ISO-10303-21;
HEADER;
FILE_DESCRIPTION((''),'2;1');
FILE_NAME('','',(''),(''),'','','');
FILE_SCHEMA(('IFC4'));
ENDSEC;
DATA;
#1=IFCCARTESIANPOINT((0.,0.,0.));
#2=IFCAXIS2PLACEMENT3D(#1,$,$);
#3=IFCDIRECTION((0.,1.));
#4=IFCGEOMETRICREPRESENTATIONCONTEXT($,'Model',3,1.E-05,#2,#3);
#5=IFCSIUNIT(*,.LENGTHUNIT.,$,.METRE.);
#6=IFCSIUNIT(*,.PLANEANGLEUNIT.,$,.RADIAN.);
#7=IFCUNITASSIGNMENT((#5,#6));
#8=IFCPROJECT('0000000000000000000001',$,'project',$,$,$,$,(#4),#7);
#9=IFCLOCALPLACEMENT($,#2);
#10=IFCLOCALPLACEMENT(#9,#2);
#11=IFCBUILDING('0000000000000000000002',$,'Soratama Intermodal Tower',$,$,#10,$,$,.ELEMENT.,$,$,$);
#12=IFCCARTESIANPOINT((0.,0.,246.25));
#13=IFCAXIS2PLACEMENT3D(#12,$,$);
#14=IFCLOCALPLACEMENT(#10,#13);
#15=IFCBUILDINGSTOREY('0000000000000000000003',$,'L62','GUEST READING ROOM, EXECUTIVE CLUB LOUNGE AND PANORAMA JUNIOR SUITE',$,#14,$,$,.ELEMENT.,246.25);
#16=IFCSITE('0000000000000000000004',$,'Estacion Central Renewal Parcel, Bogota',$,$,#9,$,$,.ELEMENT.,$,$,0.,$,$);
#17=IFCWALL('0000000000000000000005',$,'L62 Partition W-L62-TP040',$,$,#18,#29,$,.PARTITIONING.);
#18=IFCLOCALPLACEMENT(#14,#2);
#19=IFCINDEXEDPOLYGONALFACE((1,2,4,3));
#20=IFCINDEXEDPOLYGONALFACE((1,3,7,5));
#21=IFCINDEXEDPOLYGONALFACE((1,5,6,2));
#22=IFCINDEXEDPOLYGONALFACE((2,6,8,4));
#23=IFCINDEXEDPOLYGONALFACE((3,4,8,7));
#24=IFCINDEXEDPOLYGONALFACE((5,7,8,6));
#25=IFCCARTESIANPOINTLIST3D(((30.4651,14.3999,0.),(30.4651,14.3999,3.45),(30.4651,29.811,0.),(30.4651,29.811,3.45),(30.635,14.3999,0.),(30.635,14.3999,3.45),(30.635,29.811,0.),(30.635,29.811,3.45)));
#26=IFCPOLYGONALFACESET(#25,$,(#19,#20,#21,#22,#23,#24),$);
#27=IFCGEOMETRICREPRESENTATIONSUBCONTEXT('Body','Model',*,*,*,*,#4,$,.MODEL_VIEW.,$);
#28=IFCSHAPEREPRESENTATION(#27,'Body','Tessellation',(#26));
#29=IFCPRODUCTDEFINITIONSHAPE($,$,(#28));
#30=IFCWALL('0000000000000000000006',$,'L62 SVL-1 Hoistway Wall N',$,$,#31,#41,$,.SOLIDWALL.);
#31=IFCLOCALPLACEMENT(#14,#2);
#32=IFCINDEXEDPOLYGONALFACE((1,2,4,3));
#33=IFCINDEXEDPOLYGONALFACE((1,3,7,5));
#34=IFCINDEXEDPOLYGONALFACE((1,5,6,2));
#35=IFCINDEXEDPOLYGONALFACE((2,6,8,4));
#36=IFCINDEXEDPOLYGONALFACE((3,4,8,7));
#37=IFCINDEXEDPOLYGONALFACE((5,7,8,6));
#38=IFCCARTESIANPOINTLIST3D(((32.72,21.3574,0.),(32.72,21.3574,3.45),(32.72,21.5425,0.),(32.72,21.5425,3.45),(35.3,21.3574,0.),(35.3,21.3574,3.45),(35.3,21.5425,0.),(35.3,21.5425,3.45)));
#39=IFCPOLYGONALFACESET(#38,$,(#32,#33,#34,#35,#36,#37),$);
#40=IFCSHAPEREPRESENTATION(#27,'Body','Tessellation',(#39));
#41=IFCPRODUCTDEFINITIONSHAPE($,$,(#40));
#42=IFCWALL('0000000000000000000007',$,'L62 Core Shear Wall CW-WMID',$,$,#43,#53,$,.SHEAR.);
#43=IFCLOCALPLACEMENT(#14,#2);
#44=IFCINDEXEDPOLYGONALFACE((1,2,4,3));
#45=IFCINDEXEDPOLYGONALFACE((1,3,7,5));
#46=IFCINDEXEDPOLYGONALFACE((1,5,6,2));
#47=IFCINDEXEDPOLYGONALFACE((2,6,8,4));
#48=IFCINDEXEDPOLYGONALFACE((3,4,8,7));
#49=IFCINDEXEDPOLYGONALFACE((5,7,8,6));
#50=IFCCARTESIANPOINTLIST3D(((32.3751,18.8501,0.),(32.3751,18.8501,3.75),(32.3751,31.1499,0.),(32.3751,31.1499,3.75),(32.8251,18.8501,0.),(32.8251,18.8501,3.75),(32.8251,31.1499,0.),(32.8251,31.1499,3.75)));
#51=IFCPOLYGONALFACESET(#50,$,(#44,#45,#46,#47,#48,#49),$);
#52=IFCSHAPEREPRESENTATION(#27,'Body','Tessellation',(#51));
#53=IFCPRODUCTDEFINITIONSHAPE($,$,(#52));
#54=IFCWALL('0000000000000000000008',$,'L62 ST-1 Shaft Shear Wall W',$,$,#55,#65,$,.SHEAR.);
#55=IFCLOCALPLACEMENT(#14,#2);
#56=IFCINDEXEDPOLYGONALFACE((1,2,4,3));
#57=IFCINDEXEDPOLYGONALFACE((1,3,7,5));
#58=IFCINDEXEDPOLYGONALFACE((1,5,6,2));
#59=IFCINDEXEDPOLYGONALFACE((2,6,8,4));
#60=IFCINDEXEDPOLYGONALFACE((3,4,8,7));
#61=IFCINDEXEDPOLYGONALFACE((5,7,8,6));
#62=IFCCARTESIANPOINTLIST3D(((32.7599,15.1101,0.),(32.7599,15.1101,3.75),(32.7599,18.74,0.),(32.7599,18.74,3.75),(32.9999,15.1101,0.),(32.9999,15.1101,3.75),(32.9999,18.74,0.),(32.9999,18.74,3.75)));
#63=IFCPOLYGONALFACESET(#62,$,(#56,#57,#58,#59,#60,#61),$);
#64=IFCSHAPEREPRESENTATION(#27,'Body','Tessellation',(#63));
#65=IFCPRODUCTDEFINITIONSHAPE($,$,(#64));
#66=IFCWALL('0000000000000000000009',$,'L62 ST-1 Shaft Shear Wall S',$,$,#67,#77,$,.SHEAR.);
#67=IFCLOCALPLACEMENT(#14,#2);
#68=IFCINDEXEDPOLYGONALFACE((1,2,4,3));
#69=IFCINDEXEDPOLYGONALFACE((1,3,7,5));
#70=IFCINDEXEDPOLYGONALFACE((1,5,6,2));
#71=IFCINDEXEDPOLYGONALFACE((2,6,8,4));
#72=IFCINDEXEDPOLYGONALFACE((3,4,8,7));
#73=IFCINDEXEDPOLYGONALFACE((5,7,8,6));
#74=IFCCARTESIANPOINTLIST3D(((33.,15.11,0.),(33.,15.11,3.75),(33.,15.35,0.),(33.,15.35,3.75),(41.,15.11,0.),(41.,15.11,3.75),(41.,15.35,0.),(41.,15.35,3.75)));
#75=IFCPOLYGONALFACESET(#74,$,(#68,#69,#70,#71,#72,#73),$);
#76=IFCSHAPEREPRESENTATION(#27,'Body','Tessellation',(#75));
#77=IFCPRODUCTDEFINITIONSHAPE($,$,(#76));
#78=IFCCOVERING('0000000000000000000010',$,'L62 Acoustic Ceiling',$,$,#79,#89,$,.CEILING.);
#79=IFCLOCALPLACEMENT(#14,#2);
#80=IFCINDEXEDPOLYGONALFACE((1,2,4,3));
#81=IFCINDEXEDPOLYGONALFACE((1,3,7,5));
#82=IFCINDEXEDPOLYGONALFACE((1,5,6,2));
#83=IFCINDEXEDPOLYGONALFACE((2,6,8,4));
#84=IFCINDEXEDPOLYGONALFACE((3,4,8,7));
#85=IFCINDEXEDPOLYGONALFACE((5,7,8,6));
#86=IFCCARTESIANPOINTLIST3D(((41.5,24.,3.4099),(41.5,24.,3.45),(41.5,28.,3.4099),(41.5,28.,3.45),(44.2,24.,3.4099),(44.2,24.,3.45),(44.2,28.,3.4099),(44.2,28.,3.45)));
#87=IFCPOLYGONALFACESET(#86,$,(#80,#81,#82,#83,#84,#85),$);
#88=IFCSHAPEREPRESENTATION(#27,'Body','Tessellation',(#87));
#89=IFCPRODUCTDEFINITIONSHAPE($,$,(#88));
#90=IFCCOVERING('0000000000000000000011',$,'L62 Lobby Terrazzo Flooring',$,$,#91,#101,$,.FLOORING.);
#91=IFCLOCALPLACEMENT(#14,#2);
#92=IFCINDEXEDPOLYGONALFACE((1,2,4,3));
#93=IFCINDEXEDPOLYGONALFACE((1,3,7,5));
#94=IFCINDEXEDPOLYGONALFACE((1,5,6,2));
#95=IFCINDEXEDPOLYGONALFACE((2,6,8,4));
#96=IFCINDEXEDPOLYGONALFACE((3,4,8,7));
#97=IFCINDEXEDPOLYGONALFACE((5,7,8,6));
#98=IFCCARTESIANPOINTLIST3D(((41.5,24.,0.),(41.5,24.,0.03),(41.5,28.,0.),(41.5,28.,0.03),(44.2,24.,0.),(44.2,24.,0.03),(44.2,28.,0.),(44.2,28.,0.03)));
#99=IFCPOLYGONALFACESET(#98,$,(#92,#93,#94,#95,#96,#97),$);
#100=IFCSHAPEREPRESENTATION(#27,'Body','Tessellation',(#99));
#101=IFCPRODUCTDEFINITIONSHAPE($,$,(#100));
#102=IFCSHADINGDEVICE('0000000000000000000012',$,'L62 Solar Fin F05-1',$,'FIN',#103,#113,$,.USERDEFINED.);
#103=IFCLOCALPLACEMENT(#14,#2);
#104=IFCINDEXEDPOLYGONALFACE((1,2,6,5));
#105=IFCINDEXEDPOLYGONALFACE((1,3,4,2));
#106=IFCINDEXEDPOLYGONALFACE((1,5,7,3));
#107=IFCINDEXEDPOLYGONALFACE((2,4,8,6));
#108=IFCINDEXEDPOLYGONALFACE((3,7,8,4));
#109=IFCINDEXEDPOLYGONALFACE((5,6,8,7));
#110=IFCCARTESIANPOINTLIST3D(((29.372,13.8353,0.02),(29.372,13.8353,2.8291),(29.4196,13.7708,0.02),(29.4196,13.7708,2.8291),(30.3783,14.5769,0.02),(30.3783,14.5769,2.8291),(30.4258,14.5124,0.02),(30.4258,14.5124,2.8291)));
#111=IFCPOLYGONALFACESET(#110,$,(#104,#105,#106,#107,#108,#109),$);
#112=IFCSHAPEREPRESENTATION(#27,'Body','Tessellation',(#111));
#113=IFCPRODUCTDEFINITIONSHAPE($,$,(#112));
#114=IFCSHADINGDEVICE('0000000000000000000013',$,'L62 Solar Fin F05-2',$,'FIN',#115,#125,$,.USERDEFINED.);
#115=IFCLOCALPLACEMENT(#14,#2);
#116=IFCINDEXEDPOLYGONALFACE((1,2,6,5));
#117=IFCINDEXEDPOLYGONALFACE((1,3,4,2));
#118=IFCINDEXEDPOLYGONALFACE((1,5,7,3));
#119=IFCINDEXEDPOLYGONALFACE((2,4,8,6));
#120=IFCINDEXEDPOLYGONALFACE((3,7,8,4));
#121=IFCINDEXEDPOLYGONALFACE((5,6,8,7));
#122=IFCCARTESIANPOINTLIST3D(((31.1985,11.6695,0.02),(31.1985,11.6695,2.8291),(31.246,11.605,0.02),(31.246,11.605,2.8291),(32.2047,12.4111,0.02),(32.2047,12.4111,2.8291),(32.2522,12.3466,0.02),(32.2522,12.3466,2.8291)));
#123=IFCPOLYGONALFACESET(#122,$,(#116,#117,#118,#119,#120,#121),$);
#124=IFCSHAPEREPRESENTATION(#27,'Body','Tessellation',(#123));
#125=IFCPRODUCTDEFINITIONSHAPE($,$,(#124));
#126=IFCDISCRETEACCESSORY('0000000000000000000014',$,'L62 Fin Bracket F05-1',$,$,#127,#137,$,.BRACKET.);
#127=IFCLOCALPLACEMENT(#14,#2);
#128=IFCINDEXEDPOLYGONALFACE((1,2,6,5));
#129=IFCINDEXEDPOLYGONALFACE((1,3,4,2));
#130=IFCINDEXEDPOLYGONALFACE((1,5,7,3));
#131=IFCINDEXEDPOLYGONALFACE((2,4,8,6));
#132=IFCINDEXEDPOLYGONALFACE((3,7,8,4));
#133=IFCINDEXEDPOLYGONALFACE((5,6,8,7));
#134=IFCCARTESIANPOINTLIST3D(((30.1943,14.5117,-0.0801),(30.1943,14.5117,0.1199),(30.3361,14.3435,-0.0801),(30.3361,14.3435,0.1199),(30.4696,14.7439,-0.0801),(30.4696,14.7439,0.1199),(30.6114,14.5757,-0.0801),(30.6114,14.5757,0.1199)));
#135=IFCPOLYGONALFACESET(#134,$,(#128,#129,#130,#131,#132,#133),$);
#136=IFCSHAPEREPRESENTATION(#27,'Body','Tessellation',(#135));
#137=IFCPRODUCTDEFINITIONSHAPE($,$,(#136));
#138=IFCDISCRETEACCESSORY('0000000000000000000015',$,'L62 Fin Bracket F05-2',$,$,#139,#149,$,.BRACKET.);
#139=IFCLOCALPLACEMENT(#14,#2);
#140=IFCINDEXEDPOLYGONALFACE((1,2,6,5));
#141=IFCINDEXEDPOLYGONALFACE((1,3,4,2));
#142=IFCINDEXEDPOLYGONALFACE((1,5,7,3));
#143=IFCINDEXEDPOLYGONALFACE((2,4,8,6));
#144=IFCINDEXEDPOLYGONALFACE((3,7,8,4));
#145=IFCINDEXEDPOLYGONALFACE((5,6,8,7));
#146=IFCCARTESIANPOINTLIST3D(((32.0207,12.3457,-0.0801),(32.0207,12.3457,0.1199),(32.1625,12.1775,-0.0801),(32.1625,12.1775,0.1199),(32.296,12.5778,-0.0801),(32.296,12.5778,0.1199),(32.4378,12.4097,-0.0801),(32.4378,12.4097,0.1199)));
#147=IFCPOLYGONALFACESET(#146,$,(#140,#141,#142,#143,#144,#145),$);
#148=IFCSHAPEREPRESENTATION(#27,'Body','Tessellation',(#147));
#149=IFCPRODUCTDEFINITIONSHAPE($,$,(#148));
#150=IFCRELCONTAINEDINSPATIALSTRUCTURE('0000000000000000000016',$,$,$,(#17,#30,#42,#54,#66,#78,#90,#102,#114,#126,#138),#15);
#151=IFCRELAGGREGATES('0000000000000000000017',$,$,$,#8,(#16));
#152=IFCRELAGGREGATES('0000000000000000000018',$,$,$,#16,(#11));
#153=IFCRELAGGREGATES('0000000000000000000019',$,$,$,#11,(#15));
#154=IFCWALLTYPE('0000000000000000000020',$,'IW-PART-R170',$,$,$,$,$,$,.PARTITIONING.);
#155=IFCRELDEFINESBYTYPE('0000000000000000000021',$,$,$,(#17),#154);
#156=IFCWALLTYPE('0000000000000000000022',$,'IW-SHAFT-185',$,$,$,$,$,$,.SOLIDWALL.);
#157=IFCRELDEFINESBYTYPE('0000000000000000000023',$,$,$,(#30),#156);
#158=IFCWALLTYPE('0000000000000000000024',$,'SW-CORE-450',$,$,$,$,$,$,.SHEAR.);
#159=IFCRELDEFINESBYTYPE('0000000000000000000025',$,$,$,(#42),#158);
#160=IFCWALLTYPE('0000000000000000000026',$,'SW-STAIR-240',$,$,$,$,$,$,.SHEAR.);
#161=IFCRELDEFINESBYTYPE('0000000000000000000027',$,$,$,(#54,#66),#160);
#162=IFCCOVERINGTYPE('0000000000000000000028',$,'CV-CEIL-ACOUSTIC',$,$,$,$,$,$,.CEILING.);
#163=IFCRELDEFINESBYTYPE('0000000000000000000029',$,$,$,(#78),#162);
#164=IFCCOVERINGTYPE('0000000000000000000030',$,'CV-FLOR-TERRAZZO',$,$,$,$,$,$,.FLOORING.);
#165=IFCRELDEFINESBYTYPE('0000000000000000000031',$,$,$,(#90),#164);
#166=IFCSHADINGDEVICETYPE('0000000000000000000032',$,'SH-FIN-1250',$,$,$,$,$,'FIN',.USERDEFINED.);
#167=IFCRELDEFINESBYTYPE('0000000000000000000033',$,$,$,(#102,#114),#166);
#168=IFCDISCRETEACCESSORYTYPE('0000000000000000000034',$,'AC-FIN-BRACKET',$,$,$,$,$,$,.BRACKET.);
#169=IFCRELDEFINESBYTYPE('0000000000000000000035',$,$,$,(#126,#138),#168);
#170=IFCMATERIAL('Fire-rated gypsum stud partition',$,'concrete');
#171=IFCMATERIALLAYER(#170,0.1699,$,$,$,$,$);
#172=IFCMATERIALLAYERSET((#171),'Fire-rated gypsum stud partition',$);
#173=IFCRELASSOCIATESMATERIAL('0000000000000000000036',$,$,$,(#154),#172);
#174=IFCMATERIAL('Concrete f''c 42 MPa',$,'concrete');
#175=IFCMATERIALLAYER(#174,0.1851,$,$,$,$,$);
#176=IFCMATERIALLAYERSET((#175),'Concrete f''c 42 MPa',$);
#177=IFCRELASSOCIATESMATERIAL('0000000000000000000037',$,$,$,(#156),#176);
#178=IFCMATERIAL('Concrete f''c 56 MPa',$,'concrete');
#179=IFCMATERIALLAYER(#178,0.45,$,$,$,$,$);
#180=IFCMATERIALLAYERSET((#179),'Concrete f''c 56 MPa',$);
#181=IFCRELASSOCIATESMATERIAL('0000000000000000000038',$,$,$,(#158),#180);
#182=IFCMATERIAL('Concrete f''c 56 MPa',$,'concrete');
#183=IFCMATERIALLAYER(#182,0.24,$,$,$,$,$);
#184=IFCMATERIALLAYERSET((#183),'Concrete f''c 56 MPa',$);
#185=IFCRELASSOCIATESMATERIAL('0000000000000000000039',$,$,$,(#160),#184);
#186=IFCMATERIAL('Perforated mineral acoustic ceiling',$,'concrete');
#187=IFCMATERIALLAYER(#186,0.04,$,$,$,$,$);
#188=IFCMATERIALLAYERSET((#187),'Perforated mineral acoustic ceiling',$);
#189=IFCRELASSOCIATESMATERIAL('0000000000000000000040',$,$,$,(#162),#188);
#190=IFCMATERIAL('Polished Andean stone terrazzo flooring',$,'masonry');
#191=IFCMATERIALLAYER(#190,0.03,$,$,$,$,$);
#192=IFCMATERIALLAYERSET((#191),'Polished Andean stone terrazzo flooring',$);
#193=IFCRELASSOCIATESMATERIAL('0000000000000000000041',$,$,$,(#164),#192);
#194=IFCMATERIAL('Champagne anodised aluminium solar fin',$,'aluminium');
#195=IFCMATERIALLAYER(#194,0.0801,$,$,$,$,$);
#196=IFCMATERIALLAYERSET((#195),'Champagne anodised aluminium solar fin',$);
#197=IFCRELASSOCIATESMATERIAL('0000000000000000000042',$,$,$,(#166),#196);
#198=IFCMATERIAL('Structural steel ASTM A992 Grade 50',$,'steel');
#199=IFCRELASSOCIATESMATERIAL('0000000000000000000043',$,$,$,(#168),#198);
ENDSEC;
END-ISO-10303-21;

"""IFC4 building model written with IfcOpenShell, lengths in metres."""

from ifc_helpers import new_model, si_unit, direction, frame, frame_2d, origin, origin_2d, place, context, subcontext, project, spatial, polyline, rectangle, outline, extrude, material, layer, layer_set, type_object, element, save


model = new_model("IFC4")

# Units and contexts
model_context = context("Model", 3, precision=1e-05, world=origin(), true_north=direction((0.0, 1.0)))
body_context = subcontext(model_context, "Body", "Model", "MODEL_VIEW")
ifc_project = project(units=[si_unit("LENGTHUNIT", "METRE"), si_unit("PLANEANGLEUNIT", "RADIAN")], contexts=[model_context])

# Site, building, storey
site_placement = place(None, origin())
site = spatial("IfcSite", under=ifc_project, at=site_placement, Name="Estacion Central Renewal Parcel, Bogota", CompositionType="ELEMENT", RefElevation=0.0)
building_placement = place(site_placement, origin())
building = spatial("IfcBuilding", under=site, at=building_placement, Name="Soratama Intermodal Tower", CompositionType="ELEMENT")
storey_placement = place(building_placement, frame((0.0, 0.0, 246.25)))
storey = spatial("IfcBuildingStorey", under=building, at=storey_placement, Name="L62", Description="GUEST READING ROOM, EXECUTIVE CLUB LOUNGE AND PANORAMA JUNIOR SUITE", CompositionType="ELEMENT", Elevation=246.25)

# Shared definitions
ifc_material_1 = material(Name="Fire-rated gypsum stud partition", Category="concrete")
ifc_layer_1 = layer(ifc_material_1, 0.1699)
ifc_layer_set_1 = layer_set([ifc_layer_1], Name="Fire-rated gypsum stud partition")
wall_type_1 = type_object("IfcWallType", Name="IW-PART-R170", PredefinedType="PARTITIONING", material=ifc_layer_set_1)

# Walls
wall_1_placement = place(storey_placement, frame((30.55, 14.3999, 0.0), z_axis=(0.0, 0.0, 1.0), x_axis=(0.0, 1.0, 0.0)))
element("IfcWall", 1, at=wall_1_placement, inside=storey, type_object=wall_type_1, Name="L62 Partition W-L62-TP040", PredefinedType="PARTITIONING", context=body_context, shape_type="SweptSolid", body=[
    extrude(rectangle(XDim=15.4111, YDim=0.1699, at=frame_2d((7.7056, 0.0))), origin(), (0.0, 0.0, 1.0), 3.45),
])
ifc_material_2 = material(Name="Concrete f'c 42 MPa", Category="concrete")
ifc_layer_2 = layer(ifc_material_2, 0.1851)
ifc_layer_set_2 = layer_set([ifc_layer_2], Name="Concrete f'c 42 MPa")
wall_type_2 = type_object("IfcWallType", Name="IW-SHAFT-185", PredefinedType="SOLIDWALL", material=ifc_layer_set_2)
wall_2_placement = place(storey_placement, frame((32.72, 21.45, 0.0), z_axis=(0.0, 0.0, 1.0), x_axis=(1.0, 0.0, 0.0)))
element("IfcWall", 2, at=wall_2_placement, inside=storey, type_object=wall_type_2, Name="L62 SVL-1 Hoistway Wall N", PredefinedType="SOLIDWALL", context=body_context, shape_type="SweptSolid", body=[
    extrude(rectangle(XDim=2.5801, YDim=0.1851, at=frame_2d((1.29, 0.0))), origin(), (0.0, 0.0, 1.0), 3.45),
])
ifc_material_3 = material(Name="Concrete f'c 56 MPa", Category="concrete")
ifc_layer_3 = layer(ifc_material_3, 0.45)
ifc_layer_set_3 = layer_set([ifc_layer_3], Name="Concrete f'c 56 MPa")
wall_type_3 = type_object("IfcWallType", Name="SW-CORE-450", PredefinedType="SHEAR", material=ifc_layer_set_3)
wall_3_placement = place(storey_placement, frame((32.6001, 18.8501, 0.0), z_axis=(0.0, 0.0, 1.0), x_axis=(0.0, 1.0, 0.0)))
element("IfcWall", 3, at=wall_3_placement, inside=storey, type_object=wall_type_3, Name="L62 Core Shear Wall CW-WMID", PredefinedType="SHEAR", context=body_context, shape_type="SweptSolid", body=[
    extrude(rectangle(XDim=12.2998, YDim=0.45, at=frame_2d((6.1499, 0.0))), origin(), (0.0, 0.0, 1.0), 3.75),
])
ifc_material_4 = material(Name="Concrete f'c 56 MPa", Category="concrete")
ifc_layer_4 = layer(ifc_material_4, 0.24)
ifc_layer_set_4 = layer_set([ifc_layer_4], Name="Concrete f'c 56 MPa")
wall_type_4 = type_object("IfcWallType", Name="SW-STAIR-240", PredefinedType="SHEAR", material=ifc_layer_set_4)
wall_4_placement = place(storey_placement, frame((32.8799, 15.1101, 0.0), z_axis=(0.0, 0.0, 1.0), x_axis=(0.0, 1.0, 0.0)))
element("IfcWall", 4, at=wall_4_placement, inside=storey, type_object=wall_type_4, Name="L62 ST-1 Shaft Shear Wall W", PredefinedType="SHEAR", context=body_context, shape_type="SweptSolid", body=[
    extrude(rectangle(XDim=3.6299, YDim=0.24, at=frame_2d((1.8149, 0.0))), origin(), (0.0, 0.0, 1.0), 3.75),
])
wall_5_placement = place(storey_placement, frame((33.0, 15.23, 0.0), z_axis=(0.0, 0.0, 1.0), x_axis=(1.0, 0.0, 0.0)))
element("IfcWall", 5, at=wall_5_placement, inside=storey, type_object=wall_type_4, Name="L62 ST-1 Shaft Shear Wall S", PredefinedType="SHEAR", context=body_context, shape_type="SweptSolid", body=[
    extrude(rectangle(XDim=8.0, YDim=0.24, at=frame_2d((4.0, 0.0))), origin(), (0.0, 0.0, 1.0), 3.75),
])

# Coverings
ifc_material_5 = material(Name="Perforated mineral acoustic ceiling", Category="concrete")
ifc_layer_5 = layer(ifc_material_5, 0.04)
ifc_layer_set_5 = layer_set([ifc_layer_5], Name="Perforated mineral acoustic ceiling")
covering_type_1 = type_object("IfcCoveringType", Name="CV-CEIL-ACOUSTIC", PredefinedType="CEILING", material=ifc_layer_set_5)
covering_1_placement = place(storey_placement, frame((0.0, 0.0, 3.4099)))
element("IfcCovering", 6, at=covering_1_placement, inside=storey, type_object=covering_type_1, Name="L62 Acoustic Ceiling", PredefinedType="CEILING", context=body_context, shape_type="SweptSolid", body=[
    extrude(outline(polyline([(41.5, 24.0), (44.2, 24.0), (44.2, 28.0), (41.5, 28.0), (41.5, 24.0)])), origin(), (0.0, 0.0, 1.0), 0.04),
])
ifc_material_6 = material(Name="Polished Andean stone terrazzo flooring", Category="masonry")
ifc_layer_6 = layer(ifc_material_6, 0.03)
ifc_layer_set_6 = layer_set([ifc_layer_6], Name="Polished Andean stone terrazzo flooring")
covering_type_2 = type_object("IfcCoveringType", Name="CV-FLOR-TERRAZZO", PredefinedType="FLOORING", material=ifc_layer_set_6)
covering_2_placement = place(storey_placement, origin())
element("IfcCovering", 7, at=covering_2_placement, inside=storey, type_object=covering_type_2, Name="L62 Lobby Terrazzo Flooring", PredefinedType="FLOORING", context=body_context, shape_type="SweptSolid", body=[
    extrude(outline(polyline([(41.5, 24.0), (44.2, 24.0), (44.2, 28.0), (41.5, 28.0), (41.5, 24.0)])), origin(), (0.0, 0.0, 1.0), 0.03),
])

# Shading devices
ifc_material_7 = material(Name="Champagne anodised aluminium solar fin", Category="aluminium")
ifc_layer_7 = layer(ifc_material_7, 0.0801)
ifc_layer_set_7 = layer_set([ifc_layer_7], Name="Champagne anodised aluminium solar fin")
shading_device_type = type_object("IfcShadingDeviceType", Name="SH-FIN-1250", ElementType="FIN", PredefinedType="USERDEFINED", material=ifc_layer_set_7)
for number, where, z_axis, x_axis, name in (
    (8, (29.8989, 14.1738, 0.02), (0.0, 0.0, 1.0), (-0.804997, -0.593278, 0.0), "L62 Solar Fin F05-1"),
    (9, (31.7253, 12.0081, 0.02), (0.0, 0.0, 1.0), (-0.804997, -0.593278, 0.0), "L62 Solar Fin F05-2"),
):
    element("IfcShadingDevice", number, at=place(storey_placement, frame(where, z_axis=z_axis, x_axis=x_axis)), inside=storey, type_object=shading_device_type, Name=name, ObjectType="FIN", PredefinedType="USERDEFINED", context=body_context, shape_type="SweptSolid", body=[
        extrude(rectangle(XDim=1.25, YDim=0.0801, at=origin_2d()), origin(), (0.0, 0.0, 1.0), 2.8091),
    ])

# Discrete accessories
ifc_material_8 = material(Name="Structural steel ASTM A992 Grade 50", Category="steel")
discrete_accessory_type = type_object("IfcDiscreteAccessoryType", Name="AC-FIN-BRACKET", PredefinedType="BRACKET", material=ifc_material_8)
for number, where, z_axis, x_axis, name in (
    (10, (30.4028, 14.5437, -0.0801), (0.0, 0.0, 1.0), (-0.764472, -0.644657, 0.0), "L62 Fin Bracket F05-1"),
    (11, (32.2292, 12.3777, -0.0801), (0.0, 0.0, 1.0), (-0.764472, -0.644657, 0.0), "L62 Fin Bracket F05-2"),
):
    element("IfcDiscreteAccessory", number, at=place(storey_placement, frame(where, z_axis=z_axis, x_axis=x_axis)), inside=storey, type_object=discrete_accessory_type, Name=name, PredefinedType="BRACKET", context=body_context, shape_type="SweptSolid", body=[
        extrude(rectangle(XDim=0.3601, YDim=0.22, at=origin_2d()), origin(), (0.0, 0.0, 1.0), 0.2),
    ])

save(model, "model.ifc")
